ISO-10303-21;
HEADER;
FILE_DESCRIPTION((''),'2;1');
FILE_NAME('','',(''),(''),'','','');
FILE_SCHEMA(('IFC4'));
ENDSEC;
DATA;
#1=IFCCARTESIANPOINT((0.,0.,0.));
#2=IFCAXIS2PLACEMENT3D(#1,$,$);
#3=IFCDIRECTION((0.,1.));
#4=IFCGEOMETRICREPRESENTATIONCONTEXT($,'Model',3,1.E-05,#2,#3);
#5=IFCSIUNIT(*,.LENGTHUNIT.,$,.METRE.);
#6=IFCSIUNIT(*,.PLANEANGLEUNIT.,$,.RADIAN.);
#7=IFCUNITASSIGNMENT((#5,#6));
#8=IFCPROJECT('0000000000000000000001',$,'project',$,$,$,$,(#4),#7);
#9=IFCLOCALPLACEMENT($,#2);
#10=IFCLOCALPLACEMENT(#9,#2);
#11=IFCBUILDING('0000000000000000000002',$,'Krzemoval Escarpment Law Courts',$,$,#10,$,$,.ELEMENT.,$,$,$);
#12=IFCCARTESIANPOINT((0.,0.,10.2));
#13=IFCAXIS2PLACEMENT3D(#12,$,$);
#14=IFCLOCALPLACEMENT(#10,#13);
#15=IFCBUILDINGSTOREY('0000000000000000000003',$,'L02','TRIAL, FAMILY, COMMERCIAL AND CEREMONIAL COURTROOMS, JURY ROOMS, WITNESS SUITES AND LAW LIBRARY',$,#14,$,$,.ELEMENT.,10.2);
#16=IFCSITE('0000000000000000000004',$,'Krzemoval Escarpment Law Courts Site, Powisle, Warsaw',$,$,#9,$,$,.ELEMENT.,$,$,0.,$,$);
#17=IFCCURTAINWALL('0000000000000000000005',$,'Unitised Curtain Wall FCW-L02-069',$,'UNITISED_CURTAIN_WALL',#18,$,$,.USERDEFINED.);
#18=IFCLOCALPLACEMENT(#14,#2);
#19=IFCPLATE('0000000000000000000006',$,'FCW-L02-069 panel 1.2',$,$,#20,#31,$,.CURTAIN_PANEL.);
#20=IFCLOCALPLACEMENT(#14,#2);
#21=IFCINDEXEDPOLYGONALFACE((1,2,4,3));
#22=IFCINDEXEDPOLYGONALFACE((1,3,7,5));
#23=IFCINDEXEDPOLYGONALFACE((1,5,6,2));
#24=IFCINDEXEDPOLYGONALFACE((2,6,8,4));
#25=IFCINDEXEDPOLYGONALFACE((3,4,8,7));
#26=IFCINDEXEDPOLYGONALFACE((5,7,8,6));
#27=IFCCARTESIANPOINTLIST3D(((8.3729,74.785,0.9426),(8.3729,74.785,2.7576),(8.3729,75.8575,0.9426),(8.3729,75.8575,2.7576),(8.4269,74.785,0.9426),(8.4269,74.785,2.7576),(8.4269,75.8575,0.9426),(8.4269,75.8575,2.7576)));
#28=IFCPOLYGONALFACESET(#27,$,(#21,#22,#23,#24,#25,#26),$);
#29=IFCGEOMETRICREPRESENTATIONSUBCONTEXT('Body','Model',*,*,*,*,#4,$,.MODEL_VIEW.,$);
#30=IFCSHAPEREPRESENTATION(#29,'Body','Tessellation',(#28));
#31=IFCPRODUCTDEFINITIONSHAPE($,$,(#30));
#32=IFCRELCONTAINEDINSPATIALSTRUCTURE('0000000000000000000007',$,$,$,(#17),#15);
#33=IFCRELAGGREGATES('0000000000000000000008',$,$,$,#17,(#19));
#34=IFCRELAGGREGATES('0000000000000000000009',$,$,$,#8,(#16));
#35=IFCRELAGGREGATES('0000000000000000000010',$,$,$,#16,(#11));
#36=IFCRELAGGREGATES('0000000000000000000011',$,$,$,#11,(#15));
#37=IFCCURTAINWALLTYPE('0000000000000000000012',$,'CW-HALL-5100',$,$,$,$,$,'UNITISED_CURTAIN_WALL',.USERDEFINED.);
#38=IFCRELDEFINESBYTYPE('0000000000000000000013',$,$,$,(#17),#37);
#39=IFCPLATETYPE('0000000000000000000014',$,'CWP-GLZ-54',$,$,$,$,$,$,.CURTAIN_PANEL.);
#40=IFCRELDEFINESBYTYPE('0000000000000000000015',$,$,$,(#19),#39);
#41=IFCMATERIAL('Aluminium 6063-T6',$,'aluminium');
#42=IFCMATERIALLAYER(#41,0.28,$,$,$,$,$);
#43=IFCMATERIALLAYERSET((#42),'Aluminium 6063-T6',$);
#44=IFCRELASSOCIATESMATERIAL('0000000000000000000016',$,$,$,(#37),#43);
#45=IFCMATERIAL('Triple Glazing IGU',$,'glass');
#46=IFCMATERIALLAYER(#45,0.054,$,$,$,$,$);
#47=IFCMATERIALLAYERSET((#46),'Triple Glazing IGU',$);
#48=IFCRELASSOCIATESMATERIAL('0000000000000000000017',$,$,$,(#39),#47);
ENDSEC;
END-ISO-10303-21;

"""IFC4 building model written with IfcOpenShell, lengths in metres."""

from ifc_helpers import new_model, si_unit, direction, frame, origin, origin_2d, place, context, subcontext, project, spatial, rectangle, extrude, material, layer, layer_set, type_object, element, aggregate, save


model = new_model("IFC4")

# Units and contexts
model_context = context("Model", 3, precision=1e-05, world=origin(), true_north=direction((0.0, 1.0)))
body_context = subcontext(model_context, "Body", "Model", "MODEL_VIEW")
ifc_project = project(units=[si_unit("LENGTHUNIT", "METRE"), si_unit("PLANEANGLEUNIT", "RADIAN")], contexts=[model_context])

# Site, building, storey
site_placement = place(None, origin())
site = spatial("IfcSite", under=ifc_project, at=site_placement, Name="Krzemoval Escarpment Law Courts Site, Powisle, Warsaw", CompositionType="ELEMENT", RefElevation=0.0)
building_placement = place(site_placement, origin())
building = spatial("IfcBuilding", under=site, at=building_placement, Name="Krzemoval Escarpment Law Courts", CompositionType="ELEMENT")
storey_placement = place(building_placement, frame((0.0, 0.0, 10.2)))
storey = spatial("IfcBuildingStorey", under=building, at=storey_placement, Name="L02", Description="TRIAL, FAMILY, COMMERCIAL AND CEREMONIAL COURTROOMS, JURY ROOMS, WITNESS SUITES AND LAW LIBRARY", CompositionType="ELEMENT", Elevation=10.2)

# Shared definitions
ifc_material_1 = material(Name="Aluminium 6063-T6", Category="aluminium")
ifc_layer_1 = layer(ifc_material_1, 0.28)
ifc_layer_set_1 = layer_set([ifc_layer_1], Name="Aluminium 6063-T6")
curtain_wall_type = type_object("IfcCurtainWallType", Name="CW-HALL-5100", ElementType="UNITISED_CURTAIN_WALL", PredefinedType="USERDEFINED", material=ifc_layer_set_1)

# Curtain wall
curtain_wall_1_placement = place(storey_placement, origin())
curtain_wall_1 = element("IfcCurtainWall", 1, at=curtain_wall_1_placement, inside=storey, type_object=curtain_wall_type, Name="Unitised Curtain Wall FCW-L02-069", ObjectType="UNITISED_CURTAIN_WALL", PredefinedType="USERDEFINED")

# Plate
ifc_material_2 = material(Name="Triple Glazing IGU", Category="glass")
ifc_layer_2 = layer(ifc_material_2, 0.054)
ifc_layer_set_2 = layer_set([ifc_layer_2], Name="Triple Glazing IGU")
plate_type = type_object("IfcPlateType", Name="CWP-GLZ-54", PredefinedType="CURTAIN_PANEL", material=ifc_layer_set_2)
plate_1_placement = place(storey_placement, frame((8.3999, 75.3213, 0.9426), z_axis=(0.0, 0.0, 1.0), x_axis=(0.0, 1.0, 0.0)))
plate_1 = element("IfcPlate", 2, at=plate_1_placement, type_object=plate_type, Name="FCW-L02-069 panel 1.2", PredefinedType="CURTAIN_PANEL", context=body_context, shape_type="SweptSolid", body=[
    extrude(rectangle(XDim=1.0725, YDim=0.054, at=origin_2d()), origin(), (0.0, 0.0, 1.0), 1.8149),
])
aggregate(curtain_wall_1, [plate_1])

save(model, "model.ifc")
